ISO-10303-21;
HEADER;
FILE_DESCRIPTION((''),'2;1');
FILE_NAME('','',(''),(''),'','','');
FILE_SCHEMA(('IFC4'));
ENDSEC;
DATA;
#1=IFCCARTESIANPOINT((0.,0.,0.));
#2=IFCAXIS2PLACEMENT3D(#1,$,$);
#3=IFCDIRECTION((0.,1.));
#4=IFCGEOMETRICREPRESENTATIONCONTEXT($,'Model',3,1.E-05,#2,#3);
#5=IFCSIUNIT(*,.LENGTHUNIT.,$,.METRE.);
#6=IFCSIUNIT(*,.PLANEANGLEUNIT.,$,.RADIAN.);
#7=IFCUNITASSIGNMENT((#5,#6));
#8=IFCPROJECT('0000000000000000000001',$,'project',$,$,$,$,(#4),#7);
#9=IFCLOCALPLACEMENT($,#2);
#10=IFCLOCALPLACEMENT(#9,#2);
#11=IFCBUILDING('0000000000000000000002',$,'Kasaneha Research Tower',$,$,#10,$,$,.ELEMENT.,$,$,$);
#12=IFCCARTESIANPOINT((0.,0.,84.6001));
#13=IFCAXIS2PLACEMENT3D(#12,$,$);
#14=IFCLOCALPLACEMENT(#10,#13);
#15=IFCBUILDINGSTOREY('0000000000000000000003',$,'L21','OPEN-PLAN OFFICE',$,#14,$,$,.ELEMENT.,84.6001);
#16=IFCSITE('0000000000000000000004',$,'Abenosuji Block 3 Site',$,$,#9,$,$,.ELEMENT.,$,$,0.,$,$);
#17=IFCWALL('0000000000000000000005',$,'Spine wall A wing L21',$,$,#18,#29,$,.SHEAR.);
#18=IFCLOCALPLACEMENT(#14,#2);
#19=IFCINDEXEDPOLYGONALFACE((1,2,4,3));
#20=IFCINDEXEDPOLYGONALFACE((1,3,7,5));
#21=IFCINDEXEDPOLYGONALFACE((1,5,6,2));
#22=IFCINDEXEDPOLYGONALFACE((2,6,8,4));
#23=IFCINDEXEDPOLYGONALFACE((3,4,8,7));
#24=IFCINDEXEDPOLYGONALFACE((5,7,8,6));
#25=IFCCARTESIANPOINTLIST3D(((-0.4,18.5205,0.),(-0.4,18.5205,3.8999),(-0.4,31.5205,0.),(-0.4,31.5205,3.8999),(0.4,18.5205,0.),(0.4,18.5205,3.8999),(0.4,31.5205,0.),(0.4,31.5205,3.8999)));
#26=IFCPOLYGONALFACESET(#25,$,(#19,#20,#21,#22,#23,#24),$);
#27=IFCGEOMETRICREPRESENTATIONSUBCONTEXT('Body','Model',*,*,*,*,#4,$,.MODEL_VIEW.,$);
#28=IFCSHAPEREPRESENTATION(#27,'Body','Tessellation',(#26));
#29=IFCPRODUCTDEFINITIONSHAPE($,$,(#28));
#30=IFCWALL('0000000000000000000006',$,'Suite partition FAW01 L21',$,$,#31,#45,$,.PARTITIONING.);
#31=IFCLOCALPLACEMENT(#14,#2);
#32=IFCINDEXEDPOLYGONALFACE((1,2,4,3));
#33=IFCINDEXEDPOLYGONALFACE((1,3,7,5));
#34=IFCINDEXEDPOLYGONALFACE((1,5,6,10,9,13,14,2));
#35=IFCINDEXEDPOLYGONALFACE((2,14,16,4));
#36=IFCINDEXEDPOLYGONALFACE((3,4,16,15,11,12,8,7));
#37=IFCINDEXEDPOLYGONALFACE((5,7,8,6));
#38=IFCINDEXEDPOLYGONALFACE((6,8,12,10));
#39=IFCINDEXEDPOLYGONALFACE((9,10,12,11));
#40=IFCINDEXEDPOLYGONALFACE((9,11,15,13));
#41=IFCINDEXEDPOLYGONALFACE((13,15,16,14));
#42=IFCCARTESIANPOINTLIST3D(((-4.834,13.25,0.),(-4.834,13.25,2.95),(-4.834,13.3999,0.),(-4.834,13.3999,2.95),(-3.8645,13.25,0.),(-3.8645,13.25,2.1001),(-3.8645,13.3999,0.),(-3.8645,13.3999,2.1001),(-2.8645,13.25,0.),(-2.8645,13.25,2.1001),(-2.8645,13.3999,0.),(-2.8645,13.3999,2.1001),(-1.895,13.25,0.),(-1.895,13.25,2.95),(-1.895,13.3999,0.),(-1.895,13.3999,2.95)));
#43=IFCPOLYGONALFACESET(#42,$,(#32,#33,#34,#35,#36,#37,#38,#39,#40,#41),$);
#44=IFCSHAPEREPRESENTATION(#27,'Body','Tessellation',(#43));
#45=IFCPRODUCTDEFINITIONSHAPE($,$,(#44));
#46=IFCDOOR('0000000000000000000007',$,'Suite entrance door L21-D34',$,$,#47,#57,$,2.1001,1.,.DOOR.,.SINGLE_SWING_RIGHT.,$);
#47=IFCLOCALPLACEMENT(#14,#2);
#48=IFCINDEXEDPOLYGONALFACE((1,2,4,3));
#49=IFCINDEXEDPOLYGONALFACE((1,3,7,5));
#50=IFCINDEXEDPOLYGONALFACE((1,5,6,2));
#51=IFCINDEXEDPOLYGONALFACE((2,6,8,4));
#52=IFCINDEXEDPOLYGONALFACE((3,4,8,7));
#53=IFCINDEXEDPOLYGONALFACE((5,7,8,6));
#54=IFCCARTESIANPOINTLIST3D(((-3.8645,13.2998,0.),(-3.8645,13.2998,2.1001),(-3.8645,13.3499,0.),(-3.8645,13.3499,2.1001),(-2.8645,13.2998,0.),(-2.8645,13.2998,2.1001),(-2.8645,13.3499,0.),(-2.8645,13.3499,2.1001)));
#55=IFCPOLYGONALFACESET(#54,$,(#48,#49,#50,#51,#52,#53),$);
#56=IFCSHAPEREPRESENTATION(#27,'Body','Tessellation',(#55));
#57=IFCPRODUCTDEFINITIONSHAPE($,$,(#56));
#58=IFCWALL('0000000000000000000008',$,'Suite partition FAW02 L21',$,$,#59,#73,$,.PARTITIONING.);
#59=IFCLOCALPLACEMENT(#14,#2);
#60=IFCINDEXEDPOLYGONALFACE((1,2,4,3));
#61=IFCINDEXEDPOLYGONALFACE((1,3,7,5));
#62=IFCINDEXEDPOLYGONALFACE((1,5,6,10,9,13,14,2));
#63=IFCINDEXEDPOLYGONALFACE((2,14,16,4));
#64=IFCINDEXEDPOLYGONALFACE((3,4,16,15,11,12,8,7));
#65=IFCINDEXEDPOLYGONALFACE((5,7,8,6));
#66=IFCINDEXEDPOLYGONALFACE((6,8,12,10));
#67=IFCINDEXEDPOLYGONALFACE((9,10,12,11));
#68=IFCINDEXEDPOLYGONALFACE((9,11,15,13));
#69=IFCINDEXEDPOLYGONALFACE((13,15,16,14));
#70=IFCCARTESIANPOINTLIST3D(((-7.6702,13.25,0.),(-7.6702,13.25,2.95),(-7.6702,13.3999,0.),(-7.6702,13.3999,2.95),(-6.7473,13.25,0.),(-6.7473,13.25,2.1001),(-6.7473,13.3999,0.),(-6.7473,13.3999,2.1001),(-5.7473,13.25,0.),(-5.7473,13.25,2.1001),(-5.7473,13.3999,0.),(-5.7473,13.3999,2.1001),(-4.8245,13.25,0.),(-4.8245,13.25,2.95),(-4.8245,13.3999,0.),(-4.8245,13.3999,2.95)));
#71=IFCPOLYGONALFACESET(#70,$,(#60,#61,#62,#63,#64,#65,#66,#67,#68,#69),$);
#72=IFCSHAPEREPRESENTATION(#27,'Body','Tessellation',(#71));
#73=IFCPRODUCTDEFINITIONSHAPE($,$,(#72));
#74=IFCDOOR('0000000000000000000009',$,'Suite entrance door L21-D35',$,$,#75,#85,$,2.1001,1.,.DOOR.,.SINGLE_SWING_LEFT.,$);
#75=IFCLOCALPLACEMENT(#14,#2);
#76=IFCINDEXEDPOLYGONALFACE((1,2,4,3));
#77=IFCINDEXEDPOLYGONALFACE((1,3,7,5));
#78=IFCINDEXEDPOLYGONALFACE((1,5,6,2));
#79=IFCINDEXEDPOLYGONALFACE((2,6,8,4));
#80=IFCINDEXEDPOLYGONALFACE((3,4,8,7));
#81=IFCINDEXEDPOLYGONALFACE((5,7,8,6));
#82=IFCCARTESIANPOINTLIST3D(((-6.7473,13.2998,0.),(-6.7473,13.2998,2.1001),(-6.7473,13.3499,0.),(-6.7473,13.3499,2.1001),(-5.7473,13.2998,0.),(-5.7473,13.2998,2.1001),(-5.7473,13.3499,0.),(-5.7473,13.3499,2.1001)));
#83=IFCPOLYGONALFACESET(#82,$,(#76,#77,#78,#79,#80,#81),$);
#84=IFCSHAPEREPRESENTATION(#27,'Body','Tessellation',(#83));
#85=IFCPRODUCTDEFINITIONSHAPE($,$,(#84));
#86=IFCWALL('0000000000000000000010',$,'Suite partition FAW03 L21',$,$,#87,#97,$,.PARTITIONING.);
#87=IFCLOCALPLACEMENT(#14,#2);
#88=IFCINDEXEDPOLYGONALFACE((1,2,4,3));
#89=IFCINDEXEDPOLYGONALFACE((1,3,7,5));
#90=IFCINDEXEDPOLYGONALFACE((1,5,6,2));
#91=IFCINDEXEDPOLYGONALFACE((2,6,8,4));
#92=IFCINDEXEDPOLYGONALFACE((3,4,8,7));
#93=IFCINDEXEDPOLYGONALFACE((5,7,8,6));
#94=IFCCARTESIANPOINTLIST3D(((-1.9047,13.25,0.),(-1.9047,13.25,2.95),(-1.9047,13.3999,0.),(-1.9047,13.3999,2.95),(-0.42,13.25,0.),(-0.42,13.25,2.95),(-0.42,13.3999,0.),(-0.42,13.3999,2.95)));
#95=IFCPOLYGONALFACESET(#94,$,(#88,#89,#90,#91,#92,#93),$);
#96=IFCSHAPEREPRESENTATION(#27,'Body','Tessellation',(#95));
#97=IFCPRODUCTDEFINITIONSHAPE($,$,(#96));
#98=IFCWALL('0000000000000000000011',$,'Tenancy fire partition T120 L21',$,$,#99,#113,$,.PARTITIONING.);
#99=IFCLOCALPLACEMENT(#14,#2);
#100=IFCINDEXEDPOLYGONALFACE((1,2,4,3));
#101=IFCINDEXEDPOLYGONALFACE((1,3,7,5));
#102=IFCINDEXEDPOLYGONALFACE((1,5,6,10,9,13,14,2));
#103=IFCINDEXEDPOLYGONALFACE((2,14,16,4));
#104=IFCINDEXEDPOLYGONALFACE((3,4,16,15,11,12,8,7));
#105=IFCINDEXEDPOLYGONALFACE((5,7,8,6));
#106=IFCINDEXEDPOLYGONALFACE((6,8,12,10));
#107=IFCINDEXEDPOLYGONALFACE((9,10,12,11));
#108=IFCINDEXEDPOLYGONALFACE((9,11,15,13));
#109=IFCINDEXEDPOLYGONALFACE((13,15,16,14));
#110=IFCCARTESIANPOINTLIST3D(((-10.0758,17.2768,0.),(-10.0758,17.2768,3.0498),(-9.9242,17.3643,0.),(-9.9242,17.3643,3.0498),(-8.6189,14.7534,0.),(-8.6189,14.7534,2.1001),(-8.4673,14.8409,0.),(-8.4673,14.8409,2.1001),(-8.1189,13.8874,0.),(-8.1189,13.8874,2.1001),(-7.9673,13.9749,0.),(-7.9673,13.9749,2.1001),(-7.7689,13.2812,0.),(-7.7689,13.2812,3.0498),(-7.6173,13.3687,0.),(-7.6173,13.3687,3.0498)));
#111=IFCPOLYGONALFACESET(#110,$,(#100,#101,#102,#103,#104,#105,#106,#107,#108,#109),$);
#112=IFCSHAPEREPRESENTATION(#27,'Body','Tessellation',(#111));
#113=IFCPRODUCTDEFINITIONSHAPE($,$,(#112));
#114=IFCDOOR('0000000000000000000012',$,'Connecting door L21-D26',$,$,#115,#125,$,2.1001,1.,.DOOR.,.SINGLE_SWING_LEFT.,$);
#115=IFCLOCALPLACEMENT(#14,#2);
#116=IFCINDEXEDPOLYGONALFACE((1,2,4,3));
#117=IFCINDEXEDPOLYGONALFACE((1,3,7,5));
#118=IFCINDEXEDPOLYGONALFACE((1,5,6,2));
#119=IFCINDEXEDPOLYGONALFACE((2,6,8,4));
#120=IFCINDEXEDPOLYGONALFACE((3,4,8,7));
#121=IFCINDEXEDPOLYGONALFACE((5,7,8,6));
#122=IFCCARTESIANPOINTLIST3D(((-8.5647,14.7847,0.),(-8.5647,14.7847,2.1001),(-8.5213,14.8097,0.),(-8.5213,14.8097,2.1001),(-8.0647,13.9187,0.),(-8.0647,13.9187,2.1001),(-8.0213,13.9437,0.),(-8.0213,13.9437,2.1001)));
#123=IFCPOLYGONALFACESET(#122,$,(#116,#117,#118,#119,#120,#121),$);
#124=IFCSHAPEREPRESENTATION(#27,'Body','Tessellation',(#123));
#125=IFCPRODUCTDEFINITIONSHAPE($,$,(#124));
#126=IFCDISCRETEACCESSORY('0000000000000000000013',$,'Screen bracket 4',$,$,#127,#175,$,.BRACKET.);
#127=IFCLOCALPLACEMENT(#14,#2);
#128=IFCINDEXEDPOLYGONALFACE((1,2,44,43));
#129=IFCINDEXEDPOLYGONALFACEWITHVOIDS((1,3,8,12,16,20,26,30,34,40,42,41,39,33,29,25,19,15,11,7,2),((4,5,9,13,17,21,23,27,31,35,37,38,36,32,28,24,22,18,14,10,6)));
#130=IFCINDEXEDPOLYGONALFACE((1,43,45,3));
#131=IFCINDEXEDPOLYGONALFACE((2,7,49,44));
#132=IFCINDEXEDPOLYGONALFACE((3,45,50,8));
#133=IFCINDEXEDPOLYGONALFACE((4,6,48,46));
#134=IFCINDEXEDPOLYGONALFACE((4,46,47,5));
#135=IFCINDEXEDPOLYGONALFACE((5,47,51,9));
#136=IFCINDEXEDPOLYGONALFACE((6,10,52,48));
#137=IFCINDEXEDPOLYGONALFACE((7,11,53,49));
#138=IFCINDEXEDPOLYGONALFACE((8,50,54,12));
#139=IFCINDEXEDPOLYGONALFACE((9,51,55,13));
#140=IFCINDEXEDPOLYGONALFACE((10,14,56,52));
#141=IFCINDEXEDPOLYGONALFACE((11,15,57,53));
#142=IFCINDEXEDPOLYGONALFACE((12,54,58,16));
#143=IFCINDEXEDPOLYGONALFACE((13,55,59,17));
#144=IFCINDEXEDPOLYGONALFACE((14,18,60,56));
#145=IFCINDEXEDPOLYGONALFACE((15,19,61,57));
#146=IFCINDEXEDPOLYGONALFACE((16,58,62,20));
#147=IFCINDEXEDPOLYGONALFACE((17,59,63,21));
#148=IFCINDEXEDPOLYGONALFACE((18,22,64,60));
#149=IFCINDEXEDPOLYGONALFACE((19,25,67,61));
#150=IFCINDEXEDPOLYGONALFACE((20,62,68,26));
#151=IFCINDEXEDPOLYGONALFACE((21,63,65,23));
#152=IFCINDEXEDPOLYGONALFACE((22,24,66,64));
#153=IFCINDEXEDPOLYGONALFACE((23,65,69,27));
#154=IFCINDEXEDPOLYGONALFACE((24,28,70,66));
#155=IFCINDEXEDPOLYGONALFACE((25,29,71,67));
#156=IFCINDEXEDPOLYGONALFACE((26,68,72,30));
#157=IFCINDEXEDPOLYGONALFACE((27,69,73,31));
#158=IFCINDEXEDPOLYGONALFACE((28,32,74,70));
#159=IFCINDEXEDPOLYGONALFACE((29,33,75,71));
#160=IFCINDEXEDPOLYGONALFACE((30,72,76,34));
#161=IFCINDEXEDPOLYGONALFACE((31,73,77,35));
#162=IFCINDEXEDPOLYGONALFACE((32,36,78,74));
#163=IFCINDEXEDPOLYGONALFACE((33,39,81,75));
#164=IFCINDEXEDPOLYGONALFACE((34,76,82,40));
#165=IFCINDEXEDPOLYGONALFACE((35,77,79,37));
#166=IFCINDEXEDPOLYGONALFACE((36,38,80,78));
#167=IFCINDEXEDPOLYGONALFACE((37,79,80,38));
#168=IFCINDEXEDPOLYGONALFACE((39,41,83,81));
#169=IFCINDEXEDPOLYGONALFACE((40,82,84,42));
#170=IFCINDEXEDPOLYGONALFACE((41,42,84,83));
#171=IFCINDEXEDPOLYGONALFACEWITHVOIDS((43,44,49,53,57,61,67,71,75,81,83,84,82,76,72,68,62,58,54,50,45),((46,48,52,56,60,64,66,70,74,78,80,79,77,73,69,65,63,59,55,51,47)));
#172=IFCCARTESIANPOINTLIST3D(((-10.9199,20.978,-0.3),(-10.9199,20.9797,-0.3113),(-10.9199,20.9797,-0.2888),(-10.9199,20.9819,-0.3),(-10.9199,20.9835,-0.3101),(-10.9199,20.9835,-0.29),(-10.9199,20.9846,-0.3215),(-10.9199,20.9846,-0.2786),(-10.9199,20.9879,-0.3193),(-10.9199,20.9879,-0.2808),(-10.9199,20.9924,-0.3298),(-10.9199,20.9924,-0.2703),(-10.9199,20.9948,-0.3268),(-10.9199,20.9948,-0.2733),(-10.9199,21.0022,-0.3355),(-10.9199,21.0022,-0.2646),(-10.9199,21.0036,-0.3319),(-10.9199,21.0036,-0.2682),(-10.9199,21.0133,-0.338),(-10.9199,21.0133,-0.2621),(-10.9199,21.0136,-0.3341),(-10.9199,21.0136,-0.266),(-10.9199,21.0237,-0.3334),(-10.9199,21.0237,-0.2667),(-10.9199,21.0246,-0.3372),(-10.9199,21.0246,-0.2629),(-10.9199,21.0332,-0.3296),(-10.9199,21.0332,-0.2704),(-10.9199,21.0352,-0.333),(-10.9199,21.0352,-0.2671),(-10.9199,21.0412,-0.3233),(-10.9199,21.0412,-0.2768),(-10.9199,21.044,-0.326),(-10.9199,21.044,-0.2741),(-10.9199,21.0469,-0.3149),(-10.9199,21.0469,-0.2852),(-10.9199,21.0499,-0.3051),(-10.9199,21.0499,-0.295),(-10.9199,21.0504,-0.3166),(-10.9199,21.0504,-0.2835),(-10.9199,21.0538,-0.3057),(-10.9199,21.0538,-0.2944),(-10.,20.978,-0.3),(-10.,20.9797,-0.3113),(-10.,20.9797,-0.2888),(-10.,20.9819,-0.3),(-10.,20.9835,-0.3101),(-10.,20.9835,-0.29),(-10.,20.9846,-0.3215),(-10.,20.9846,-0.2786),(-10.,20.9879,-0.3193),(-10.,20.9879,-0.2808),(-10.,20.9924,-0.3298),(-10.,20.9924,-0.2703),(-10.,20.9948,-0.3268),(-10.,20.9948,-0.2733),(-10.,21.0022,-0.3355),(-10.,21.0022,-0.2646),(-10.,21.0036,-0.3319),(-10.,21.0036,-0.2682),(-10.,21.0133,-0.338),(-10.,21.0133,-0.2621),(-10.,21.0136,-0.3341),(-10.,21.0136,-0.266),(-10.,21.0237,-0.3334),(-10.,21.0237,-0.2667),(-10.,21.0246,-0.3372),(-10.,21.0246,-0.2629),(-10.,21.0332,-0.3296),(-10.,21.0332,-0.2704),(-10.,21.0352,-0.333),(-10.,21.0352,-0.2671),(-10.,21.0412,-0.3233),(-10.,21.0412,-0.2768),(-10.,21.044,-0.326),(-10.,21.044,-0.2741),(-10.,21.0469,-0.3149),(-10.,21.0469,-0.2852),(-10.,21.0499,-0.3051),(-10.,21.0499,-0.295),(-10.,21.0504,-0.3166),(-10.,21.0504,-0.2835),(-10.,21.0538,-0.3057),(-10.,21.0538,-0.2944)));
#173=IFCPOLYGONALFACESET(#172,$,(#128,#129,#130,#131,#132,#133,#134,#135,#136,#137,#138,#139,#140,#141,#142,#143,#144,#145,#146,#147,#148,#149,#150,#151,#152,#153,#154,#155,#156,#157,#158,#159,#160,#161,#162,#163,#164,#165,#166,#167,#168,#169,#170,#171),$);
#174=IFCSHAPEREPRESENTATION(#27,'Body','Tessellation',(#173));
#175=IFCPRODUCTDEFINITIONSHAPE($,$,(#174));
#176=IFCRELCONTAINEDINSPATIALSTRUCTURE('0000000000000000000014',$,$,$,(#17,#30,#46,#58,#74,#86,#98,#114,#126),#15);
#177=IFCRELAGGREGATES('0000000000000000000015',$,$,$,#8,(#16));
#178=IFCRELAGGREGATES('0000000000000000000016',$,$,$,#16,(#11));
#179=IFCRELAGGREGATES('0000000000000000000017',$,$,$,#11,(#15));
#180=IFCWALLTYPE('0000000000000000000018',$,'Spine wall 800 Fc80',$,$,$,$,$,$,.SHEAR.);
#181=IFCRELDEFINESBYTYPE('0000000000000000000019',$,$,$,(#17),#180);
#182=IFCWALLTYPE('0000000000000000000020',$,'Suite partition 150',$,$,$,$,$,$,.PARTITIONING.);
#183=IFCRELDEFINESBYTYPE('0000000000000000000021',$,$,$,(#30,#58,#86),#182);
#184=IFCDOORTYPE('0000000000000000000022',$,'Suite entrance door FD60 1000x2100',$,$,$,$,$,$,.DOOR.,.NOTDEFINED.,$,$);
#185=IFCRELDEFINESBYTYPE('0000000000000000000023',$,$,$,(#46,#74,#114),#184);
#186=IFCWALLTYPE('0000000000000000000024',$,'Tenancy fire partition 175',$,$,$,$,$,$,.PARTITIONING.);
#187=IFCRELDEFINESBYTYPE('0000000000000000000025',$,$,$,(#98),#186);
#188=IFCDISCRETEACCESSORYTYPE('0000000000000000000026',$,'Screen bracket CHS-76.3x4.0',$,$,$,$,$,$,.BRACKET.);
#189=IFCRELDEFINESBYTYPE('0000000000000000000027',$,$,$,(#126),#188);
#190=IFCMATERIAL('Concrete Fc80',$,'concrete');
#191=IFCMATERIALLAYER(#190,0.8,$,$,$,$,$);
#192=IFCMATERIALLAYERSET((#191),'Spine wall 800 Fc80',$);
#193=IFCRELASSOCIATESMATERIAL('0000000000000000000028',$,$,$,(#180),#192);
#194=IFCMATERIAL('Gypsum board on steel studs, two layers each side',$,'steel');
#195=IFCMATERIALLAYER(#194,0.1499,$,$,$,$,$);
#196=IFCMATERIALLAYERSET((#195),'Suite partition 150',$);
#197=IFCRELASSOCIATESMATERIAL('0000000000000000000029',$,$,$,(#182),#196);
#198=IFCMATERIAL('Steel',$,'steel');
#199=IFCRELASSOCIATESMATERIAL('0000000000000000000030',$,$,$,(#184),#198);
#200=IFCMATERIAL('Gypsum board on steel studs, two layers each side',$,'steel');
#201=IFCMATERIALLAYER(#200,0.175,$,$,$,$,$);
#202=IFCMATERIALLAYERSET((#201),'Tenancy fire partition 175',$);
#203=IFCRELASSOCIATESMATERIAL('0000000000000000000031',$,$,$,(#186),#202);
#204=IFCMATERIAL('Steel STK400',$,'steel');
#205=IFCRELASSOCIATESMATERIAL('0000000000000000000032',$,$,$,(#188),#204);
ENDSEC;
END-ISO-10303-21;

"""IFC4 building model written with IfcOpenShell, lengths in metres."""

from ifc_helpers import new_model, si_unit, direction, frame, frame_2d, origin, origin_2d, place, context, subcontext, project, spatial, rectangle, hollow_circle, extrude, material, layer, layer_set, material_profile, profile_set, type_object, element, fill, save


model = new_model("IFC4")

# Units and contexts
model_context = context("Model", 3, precision=1e-05, world=origin(), true_north=direction((0.0, 1.0)))
body_context = subcontext(model_context, "Body", "Model", "MODEL_VIEW")
ifc_project = project(units=[si_unit("LENGTHUNIT", "METRE"), si_unit("PLANEANGLEUNIT", "RADIAN")], contexts=[model_context])

# Site, building, storey
site_placement = place(None, origin())
site = spatial("IfcSite", under=ifc_project, at=site_placement, Name="Abenosuji Block 3 Site", CompositionType="ELEMENT", RefElevation=0.0)
building_placement = place(site_placement, origin())
building = spatial("IfcBuilding", under=site, at=building_placement, Name="Kasaneha Research Tower", CompositionType="ELEMENT")
storey_placement = place(building_placement, frame((0.0, 0.0, 84.6001)))
storey = spatial("IfcBuildingStorey", under=building, at=storey_placement, Name="L21", Description="OPEN-PLAN OFFICE", CompositionType="ELEMENT", Elevation=84.6001)

# Wall
ifc_material_1 = material(Name="Concrete Fc80", Category="concrete")
ifc_layer_1 = layer(ifc_material_1, 0.8)
ifc_layer_set_1 = layer_set([ifc_layer_1], Name="Spine wall 800 Fc80")
wall_type_1 = type_object("IfcWallType", Name="Spine wall 800 Fc80", PredefinedType="SHEAR", material=ifc_layer_set_1)
wall_1_placement = place(storey_placement, frame((0.0, 18.5205, 0.0), z_axis=(0.0, 0.0, 1.0), x_axis=(0.0, 1.0, 0.0)))
element("IfcWall", 1, at=wall_1_placement, inside=storey, type_object=wall_type_1, Name="Spine wall A wing L21", PredefinedType="SHEAR", context=body_context, shape_type="SweptSolid", body=[
    extrude(rectangle(XDim=13.0, YDim=0.8, at=frame_2d((6.5, 0.0))), origin(), (0.0, 0.0, 1.0), 3.8999),
])

# Walls, openings, doors
ifc_material_2 = material(Name="Gypsum board on steel studs, two layers each side", Category="steel")
ifc_layer_2 = layer(ifc_material_2, 0.1499)
ifc_layer_set_2 = layer_set([ifc_layer_2], Name="Suite partition 150")
wall_type_2 = type_object("IfcWallType", Name="Suite partition 150", PredefinedType="PARTITIONING", material=ifc_layer_set_2)
wall_2_placement = place(storey_placement, frame((-4.834, 13.325, 0.0), z_axis=(0.0, 0.0, 1.0), x_axis=(1.0, 0.0, 0.0)))
wall_2 = element("IfcWall", 2, at=wall_2_placement, inside=storey, type_object=wall_type_2, Name="Suite partition FAW01 L21", PredefinedType="PARTITIONING", context=body_context, shape_type="SweptSolid", body=[
    extrude(rectangle(XDim=2.939, YDim=0.1499, at=frame_2d((1.4695, 0.0))), origin(), (0.0, 0.0, 1.0), 2.95),
])
opening_1_placement = place(wall_2_placement, frame((0.9695, 0.0, 0.0)))
opening_1 = element("IfcOpeningElement", 3, at=opening_1_placement, cuts=wall_2, PredefinedType="OPENING", context=body_context, shape_type="SweptSolid", body=[
    extrude(rectangle(XDim=1.0, YDim=2.1001, at=frame_2d((0.5, 1.05))), frame((0.0, 0.085, 0.0), z_axis=(0.0, -1.0, 0.0), x_axis=(1.0, 0.0, 0.0)), (0.0, 0.0, 1.0), 0.1699),
])
ifc_material_3 = material(Name="Steel", Category="steel")
door_type_1 = type_object("IfcDoorType", Name="Suite entrance door FD60 1000x2100", OperationType="NOTDEFINED", PredefinedType="DOOR", material=ifc_material_3)
door_1_placement = place(opening_1_placement, origin())
door_1 = element("IfcDoor", 4, at=door_1_placement, inside=storey, type_object=door_type_1, Name="Suite entrance door L21-D34", OperationType="SINGLE_SWING_RIGHT", OverallHeight=2.1001, OverallWidth=1.0, PredefinedType="DOOR", context=body_context, shape_type="SweptSolid", body=[
    extrude(rectangle(XDim=1.0, YDim=2.1001, at=frame_2d((0.5, 1.05))), frame((0.0, 0.0249, 0.0), z_axis=(0.0, -1.0, 0.0), x_axis=(1.0, 0.0, 0.0)), (0.0, 0.0, 1.0), 0.05),
])
fill(opening_1, door_1)
wall_3_placement = place(storey_placement, frame((-7.6702, 13.325, 0.0), z_axis=(0.0, 0.0, 1.0), x_axis=(1.0, 0.0, 0.0)))
wall_3 = element("IfcWall", 5, at=wall_3_placement, inside=storey, type_object=wall_type_2, Name="Suite partition FAW02 L21", PredefinedType="PARTITIONING", context=body_context, shape_type="SweptSolid", body=[
    extrude(rectangle(XDim=2.8457, YDim=0.1499, at=frame_2d((1.4229, 0.0))), origin(), (0.0, 0.0, 1.0), 2.95),
])
opening_2_placement = place(wall_3_placement, frame((0.9229, 0.0, 0.0)))
opening_2 = element("IfcOpeningElement", 6, at=opening_2_placement, cuts=wall_3, PredefinedType="OPENING", context=body_context, shape_type="SweptSolid", body=[
    extrude(rectangle(XDim=1.0, YDim=2.1001, at=frame_2d((0.5, 1.05))), frame((0.0, 0.085, 0.0), z_axis=(0.0, -1.0, 0.0), x_axis=(1.0, 0.0, 0.0)), (0.0, 0.0, 1.0), 0.1699),
])
door_2_placement = place(opening_2_placement, origin())
door_2 = element("IfcDoor", 7, at=door_2_placement, inside=storey, type_object=door_type_1, Name="Suite entrance door L21-D35", OperationType="SINGLE_SWING_LEFT", OverallHeight=2.1001, OverallWidth=1.0, PredefinedType="DOOR", context=body_context, shape_type="SweptSolid", body=[
    extrude(rectangle(XDim=1.0, YDim=2.1001, at=frame_2d((0.5, 1.05))), frame((0.0, 0.0249, 0.0), z_axis=(0.0, -1.0, 0.0), x_axis=(1.0, 0.0, 0.0)), (0.0, 0.0, 1.0), 0.05),
])
fill(opening_2, door_2)

# Wall
wall_4_placement = place(storey_placement, frame((-1.9045, 13.325, 0.0), z_axis=(0.0, 0.0, 1.0), x_axis=(1.0, 0.0, 0.0)))
element("IfcWall", 8, at=wall_4_placement, inside=storey, type_object=wall_type_2, Name="Suite partition FAW03 L21", PredefinedType="PARTITIONING", context=body_context, shape_type="SweptSolid", body=[
    extrude(rectangle(XDim=1.4846, YDim=0.1499, at=frame_2d((0.7422, 0.0))), origin(), (0.0, 0.0, 1.0), 2.95),
])

# Wall, opening, door
ifc_material_4 = material(Name="Gypsum board on steel studs, two layers each side", Category="steel")
ifc_layer_3 = layer(ifc_material_4, 0.175)
ifc_layer_set_3 = layer_set([ifc_layer_3], Name="Tenancy fire partition 175")
wall_type_3 = type_object("IfcWallType", Name="Tenancy fire partition 175", PredefinedType="PARTITIONING", material=ifc_layer_set_3)
wall_5_placement = place(storey_placement, frame((-7.6931, 13.325, 0.0), z_axis=(0.0, 0.0, 1.0), x_axis=(-0.500003, 0.866023, 0.0)))
wall_5 = element("IfcWall", 9, at=wall_5_placement, inside=storey, type_object=wall_type_3, Name="Tenancy fire partition T120 L21", PredefinedType="PARTITIONING", context=body_context, shape_type="SweptSolid", body=[
    extrude(rectangle(XDim=4.6138, YDim=0.175, at=frame_2d((2.3069, 0.0))), origin(), (0.0, 0.0, 1.0), 3.0498),
])
opening_3_placement = place(wall_5_placement, frame((0.7, 0.0, 0.0)))
opening_3 = element("IfcOpeningElement", 10, at=opening_3_placement, cuts=wall_5, PredefinedType="OPENING", context=body_context, shape_type="SweptSolid", body=[
    extrude(rectangle(XDim=1.0, YDim=2.1001, at=frame_2d((0.5, 1.05))), frame((0.0, 0.0977, 0.0), z_axis=(0.0, -1.0, 0.0), x_axis=(1.0, 0.0, 0.0)), (0.0, 0.0, 1.0), 0.1951),
])
door_3_placement = place(opening_3_placement, origin())
door_3 = element("IfcDoor", 11, at=door_3_placement, inside=storey, type_object=door_type_1, Name="Connecting door L21-D26", OperationType="SINGLE_SWING_LEFT", OverallHeight=2.1001, OverallWidth=1.0, PredefinedType="DOOR", context=body_context, shape_type="SweptSolid", body=[
    extrude(rectangle(XDim=1.0, YDim=2.1001, at=frame_2d((0.5, 1.05))), frame((0.0, 0.0249, 0.0), z_axis=(0.0, -1.0, 0.0), x_axis=(1.0, 0.0, 0.0)), (0.0, 0.0, 1.0), 0.05),
])
fill(opening_3, door_3)

# Discrete accessory
ifc_material_5 = material(Name="Steel STK400", Category="steel")
ifc_material_profile_1 = material_profile(ifc_material_5, hollow_circle(Radius=0.0381, WallThickness=0.0039, at=origin_2d()), Name="CHS-76.3x4.0")
ifc_profile_set_1 = profile_set([ifc_material_profile_1], Name="Steel STK400")
discrete_accessory_type = type_object("IfcDiscreteAccessoryType", Name="Screen bracket CHS-76.3x4.0", PredefinedType="BRACKET", material=ifc_profile_set_1)
for number, where, z_axis, x_axis, name in (
    (12, (-10.0, 21.0161, -0.3), (-1.0, 0.0, 0.0), (0.0, -1.0, 0.0), "Screen bracket 4"),
):
    element("IfcDiscreteAccessory", number, at=place(storey_placement, frame(where, z_axis=z_axis, x_axis=x_axis)), inside=storey, type_object=discrete_accessory_type, Name=name, PredefinedType="BRACKET", context=body_context, shape_type="SweptSolid", body=[
        extrude(hollow_circle(Radius=0.0381, WallThickness=0.0039, at=origin_2d()), origin(), (0.0, 0.0, 1.0), 0.9199),
    ])

save(model, "model.ifc")
